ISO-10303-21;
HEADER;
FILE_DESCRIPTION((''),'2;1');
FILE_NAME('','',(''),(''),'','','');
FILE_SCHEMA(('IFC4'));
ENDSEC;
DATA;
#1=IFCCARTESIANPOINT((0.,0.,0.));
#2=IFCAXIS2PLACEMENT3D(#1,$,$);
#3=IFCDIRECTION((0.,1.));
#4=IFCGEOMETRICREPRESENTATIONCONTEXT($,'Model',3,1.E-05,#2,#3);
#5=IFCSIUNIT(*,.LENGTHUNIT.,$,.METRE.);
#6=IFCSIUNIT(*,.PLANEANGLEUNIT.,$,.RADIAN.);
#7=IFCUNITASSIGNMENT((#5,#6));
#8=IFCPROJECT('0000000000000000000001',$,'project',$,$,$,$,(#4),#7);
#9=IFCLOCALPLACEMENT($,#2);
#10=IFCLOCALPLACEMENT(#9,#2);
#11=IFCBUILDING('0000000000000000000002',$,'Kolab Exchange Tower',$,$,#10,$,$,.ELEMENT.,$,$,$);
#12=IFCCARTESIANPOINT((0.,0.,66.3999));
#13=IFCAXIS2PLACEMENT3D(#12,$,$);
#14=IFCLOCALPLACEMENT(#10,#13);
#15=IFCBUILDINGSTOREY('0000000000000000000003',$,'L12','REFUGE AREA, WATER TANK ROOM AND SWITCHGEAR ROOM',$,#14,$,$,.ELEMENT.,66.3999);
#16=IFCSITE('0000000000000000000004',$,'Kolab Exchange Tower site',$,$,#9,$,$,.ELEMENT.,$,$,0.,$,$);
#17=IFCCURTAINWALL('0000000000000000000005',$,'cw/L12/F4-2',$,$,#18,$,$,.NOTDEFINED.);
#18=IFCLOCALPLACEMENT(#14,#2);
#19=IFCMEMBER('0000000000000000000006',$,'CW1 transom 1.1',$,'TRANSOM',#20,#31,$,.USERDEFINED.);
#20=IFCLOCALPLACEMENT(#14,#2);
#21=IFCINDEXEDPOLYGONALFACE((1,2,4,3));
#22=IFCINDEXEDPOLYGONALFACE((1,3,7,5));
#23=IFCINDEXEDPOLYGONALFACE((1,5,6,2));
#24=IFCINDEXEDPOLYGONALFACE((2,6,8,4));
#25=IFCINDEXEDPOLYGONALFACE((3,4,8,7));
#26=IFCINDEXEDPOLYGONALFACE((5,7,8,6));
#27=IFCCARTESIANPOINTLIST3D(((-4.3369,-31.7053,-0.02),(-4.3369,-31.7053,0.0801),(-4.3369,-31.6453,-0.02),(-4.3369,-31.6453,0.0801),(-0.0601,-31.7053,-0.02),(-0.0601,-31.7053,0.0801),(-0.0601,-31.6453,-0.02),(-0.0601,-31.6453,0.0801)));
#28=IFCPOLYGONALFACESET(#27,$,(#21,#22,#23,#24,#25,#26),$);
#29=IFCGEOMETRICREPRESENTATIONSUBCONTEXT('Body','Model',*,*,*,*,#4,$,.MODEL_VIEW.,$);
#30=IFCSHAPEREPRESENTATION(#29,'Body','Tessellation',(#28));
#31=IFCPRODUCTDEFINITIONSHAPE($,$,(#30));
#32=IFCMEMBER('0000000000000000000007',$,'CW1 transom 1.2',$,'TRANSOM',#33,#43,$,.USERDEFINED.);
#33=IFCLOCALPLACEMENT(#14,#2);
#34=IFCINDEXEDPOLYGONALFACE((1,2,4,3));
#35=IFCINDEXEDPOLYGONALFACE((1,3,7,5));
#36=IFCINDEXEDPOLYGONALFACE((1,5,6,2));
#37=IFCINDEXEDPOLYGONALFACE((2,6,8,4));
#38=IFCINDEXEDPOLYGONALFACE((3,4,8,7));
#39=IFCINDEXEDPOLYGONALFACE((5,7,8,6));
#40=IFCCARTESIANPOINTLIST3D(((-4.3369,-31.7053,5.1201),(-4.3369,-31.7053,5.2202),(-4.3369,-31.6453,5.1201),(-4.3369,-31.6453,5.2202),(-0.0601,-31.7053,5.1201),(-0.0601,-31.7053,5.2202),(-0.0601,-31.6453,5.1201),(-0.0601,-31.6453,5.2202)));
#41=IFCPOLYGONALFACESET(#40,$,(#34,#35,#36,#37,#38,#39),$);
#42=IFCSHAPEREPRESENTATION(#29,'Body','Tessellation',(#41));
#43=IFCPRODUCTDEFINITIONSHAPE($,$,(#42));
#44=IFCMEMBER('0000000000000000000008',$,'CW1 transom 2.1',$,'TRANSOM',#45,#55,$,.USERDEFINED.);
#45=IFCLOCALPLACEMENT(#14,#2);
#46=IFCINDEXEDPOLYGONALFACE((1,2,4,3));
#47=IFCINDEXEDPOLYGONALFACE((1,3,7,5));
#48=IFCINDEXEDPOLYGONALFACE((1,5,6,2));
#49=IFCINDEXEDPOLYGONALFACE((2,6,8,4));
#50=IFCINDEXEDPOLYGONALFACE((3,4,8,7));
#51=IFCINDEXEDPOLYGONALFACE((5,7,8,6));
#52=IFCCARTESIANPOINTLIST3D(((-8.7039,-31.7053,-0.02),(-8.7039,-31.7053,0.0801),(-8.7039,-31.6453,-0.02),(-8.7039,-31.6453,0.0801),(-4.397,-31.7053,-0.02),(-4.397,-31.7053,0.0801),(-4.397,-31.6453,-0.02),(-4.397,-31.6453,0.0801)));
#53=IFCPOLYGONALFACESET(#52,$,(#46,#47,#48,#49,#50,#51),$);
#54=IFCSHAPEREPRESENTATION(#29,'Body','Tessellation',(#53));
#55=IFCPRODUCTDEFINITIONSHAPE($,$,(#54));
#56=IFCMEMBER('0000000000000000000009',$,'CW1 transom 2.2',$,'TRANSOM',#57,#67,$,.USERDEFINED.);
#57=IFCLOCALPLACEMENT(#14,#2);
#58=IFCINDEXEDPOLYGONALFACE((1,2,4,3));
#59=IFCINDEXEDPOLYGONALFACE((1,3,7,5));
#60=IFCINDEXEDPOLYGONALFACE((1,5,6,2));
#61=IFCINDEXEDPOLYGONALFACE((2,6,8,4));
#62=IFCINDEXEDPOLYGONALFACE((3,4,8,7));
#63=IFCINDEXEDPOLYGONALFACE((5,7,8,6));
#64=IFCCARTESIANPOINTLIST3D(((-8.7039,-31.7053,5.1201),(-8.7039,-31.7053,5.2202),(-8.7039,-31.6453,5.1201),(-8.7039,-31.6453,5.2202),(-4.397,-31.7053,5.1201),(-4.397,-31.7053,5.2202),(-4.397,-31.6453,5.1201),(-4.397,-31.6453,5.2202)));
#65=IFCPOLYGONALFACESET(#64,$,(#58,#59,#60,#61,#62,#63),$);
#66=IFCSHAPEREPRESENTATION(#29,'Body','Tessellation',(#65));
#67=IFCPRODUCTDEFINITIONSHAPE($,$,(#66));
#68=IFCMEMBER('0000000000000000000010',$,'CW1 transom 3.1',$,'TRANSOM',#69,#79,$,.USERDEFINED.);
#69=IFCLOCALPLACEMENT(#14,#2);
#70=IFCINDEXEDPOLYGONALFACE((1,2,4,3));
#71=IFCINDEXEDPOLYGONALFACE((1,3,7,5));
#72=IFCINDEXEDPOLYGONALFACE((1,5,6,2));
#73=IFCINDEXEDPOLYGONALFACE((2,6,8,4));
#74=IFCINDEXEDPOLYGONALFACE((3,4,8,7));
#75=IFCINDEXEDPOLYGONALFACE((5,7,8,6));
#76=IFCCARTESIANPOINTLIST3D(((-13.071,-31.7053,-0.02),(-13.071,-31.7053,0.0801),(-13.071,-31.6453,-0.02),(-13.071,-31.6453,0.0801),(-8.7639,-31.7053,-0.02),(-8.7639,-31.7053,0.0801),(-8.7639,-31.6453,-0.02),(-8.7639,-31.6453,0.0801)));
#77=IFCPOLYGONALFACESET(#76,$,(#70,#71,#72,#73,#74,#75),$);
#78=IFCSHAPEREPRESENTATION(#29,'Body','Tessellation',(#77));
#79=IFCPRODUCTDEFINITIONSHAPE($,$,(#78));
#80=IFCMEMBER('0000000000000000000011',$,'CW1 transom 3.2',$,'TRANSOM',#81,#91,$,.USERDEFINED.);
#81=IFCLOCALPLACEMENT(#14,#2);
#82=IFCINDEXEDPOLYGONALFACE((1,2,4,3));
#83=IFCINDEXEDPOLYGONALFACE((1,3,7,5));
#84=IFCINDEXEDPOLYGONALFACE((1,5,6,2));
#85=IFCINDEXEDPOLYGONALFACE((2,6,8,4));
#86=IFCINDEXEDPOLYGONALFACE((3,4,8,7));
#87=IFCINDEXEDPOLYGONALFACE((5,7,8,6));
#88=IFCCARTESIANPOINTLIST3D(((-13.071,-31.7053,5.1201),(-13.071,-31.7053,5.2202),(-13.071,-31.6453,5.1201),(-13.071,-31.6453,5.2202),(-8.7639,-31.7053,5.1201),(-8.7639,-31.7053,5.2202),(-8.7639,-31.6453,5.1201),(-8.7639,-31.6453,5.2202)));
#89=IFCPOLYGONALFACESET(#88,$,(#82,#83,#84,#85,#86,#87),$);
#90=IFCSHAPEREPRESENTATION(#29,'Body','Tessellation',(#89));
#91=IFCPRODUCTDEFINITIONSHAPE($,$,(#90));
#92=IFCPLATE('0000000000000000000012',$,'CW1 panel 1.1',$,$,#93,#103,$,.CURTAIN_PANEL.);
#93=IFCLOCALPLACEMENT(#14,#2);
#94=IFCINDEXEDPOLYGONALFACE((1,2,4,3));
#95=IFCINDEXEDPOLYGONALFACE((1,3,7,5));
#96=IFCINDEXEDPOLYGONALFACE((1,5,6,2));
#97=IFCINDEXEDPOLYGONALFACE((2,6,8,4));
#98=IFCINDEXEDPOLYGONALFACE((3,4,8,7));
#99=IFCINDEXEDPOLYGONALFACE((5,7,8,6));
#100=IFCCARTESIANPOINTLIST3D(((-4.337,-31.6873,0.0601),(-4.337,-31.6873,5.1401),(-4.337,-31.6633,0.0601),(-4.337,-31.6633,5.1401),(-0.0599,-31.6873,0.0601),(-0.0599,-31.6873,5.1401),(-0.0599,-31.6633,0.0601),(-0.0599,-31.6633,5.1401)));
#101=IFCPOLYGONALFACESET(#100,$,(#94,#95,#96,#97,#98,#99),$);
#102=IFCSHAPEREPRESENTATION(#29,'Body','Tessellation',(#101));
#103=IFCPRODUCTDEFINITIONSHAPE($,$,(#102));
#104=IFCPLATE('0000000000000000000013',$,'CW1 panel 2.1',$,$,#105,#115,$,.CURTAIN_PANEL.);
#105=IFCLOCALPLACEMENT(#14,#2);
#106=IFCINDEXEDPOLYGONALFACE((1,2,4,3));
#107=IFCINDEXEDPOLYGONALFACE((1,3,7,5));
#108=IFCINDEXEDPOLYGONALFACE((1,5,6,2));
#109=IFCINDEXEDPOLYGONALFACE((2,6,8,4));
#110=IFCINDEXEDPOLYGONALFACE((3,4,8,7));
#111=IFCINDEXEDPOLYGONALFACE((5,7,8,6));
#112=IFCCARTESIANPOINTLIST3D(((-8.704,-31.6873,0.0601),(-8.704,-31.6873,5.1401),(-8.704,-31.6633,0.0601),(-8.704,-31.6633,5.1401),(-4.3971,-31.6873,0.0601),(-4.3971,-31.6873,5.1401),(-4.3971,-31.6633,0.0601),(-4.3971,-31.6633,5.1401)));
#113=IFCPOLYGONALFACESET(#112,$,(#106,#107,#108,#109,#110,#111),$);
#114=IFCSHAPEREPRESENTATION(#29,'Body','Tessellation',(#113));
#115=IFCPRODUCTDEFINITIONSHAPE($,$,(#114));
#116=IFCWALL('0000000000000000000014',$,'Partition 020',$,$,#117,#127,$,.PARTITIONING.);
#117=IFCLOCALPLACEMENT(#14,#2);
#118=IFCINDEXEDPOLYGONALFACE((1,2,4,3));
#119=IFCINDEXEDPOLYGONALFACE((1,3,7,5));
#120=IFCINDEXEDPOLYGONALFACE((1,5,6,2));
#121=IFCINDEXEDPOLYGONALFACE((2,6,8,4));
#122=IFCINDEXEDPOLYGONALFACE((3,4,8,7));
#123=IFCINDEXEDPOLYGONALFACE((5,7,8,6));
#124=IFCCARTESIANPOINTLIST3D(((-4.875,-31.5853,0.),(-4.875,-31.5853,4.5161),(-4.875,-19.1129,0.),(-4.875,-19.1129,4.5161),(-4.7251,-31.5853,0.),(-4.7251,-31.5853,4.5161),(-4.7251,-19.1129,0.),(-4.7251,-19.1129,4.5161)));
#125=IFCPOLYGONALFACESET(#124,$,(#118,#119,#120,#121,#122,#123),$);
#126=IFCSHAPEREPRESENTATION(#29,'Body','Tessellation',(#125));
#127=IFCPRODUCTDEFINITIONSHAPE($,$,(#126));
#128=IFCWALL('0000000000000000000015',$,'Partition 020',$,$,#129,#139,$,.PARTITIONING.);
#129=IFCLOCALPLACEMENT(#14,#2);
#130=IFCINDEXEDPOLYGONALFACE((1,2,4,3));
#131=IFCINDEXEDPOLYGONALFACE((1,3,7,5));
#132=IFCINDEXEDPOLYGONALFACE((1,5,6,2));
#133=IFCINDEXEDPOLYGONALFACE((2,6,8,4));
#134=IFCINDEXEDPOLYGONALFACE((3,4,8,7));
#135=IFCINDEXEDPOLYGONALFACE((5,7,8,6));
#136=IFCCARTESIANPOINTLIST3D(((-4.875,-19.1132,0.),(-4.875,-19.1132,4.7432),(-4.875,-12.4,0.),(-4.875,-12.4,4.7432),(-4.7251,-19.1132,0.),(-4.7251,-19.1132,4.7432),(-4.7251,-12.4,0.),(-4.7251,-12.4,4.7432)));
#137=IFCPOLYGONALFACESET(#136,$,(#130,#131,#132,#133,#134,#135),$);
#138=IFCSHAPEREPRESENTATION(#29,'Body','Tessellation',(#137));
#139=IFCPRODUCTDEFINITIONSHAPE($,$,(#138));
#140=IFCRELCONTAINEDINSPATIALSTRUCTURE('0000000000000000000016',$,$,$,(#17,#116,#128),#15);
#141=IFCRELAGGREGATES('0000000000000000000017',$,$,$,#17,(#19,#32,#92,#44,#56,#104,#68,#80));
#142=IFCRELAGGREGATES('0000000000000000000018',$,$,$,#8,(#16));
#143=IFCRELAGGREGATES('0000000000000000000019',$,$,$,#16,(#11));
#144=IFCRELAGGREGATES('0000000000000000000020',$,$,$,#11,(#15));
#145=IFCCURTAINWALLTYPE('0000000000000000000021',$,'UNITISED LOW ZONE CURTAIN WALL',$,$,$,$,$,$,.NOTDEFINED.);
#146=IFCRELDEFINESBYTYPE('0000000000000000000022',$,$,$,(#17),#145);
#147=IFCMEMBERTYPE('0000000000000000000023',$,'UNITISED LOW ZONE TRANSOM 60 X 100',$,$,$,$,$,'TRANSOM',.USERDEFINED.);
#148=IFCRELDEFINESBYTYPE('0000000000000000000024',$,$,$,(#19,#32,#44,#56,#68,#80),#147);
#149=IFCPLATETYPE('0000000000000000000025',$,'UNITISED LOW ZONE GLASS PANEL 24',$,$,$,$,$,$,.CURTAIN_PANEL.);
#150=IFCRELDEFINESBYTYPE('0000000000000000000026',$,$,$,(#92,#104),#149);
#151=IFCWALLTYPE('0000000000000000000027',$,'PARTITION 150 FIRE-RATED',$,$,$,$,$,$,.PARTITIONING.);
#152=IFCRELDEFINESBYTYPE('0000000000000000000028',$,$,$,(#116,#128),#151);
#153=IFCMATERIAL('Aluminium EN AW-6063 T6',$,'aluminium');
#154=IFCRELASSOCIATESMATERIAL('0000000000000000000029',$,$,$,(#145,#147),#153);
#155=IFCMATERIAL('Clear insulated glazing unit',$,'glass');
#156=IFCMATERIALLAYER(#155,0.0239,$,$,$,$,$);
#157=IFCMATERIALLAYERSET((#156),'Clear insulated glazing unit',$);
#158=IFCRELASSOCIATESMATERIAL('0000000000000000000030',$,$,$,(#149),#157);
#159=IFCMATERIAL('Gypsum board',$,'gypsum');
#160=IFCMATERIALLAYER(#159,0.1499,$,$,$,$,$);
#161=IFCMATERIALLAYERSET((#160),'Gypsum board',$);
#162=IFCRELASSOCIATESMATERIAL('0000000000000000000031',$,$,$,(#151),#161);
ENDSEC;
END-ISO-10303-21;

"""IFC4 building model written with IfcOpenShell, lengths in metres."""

from ifc_helpers import new_model, si_unit, direction, frame, frame_2d, origin, origin_2d, place, context, subcontext, project, spatial, rectangle, extrude, material, layer, layer_set, material_profile, profile_set, type_object, element, aggregate, save


model = new_model("IFC4")

# Units and contexts
model_context = context("Model", 3, precision=1e-05, world=origin(), true_north=direction((0.0, 1.0)))
body_context = subcontext(model_context, "Body", "Model", "MODEL_VIEW")
ifc_project = project(units=[si_unit("LENGTHUNIT", "METRE"), si_unit("PLANEANGLEUNIT", "RADIAN")], contexts=[model_context])

# Site, building, storey
site_placement = place(None, origin())
site = spatial("IfcSite", under=ifc_project, at=site_placement, Name="Kolab Exchange Tower site", CompositionType="ELEMENT", RefElevation=0.0)
building_placement = place(site_placement, origin())
building = spatial("IfcBuilding", under=site, at=building_placement, Name="Kolab Exchange Tower", CompositionType="ELEMENT")
storey_placement = place(building_placement, frame((0.0, 0.0, 66.3999)))
storey = spatial("IfcBuildingStorey", under=building, at=storey_placement, Name="L12", Description="REFUGE AREA, WATER TANK ROOM AND SWITCHGEAR ROOM", CompositionType="ELEMENT", Elevation=66.3999)

# Curtain wall, members, plates
ifc_material_1 = material(Name="Aluminium EN AW-6063 T6", Category="aluminium")
curtain_wall_type = type_object("IfcCurtainWallType", Name="UNITISED LOW ZONE CURTAIN WALL", PredefinedType="NOTDEFINED", material=ifc_material_1)
curtain_wall_placement = place(storey_placement, origin())
curtain_wall = element("IfcCurtainWall", 1, at=curtain_wall_placement, inside=storey, type_object=curtain_wall_type, Name="cw/L12/F4-2", PredefinedType="NOTDEFINED")
ifc_material_profile_1 = material_profile(ifc_material_1, rectangle(XDim=0.0601, YDim=0.1001, at=origin_2d()), Name="RECT 60X100")
ifc_profile_set_1 = profile_set([ifc_material_profile_1], Name="Aluminium EN AW-6063 T6")
member_type_1 = type_object("IfcMemberType", Name="UNITISED LOW ZONE TRANSOM 60 X 100", ElementType="TRANSOM", PredefinedType="USERDEFINED", material=ifc_profile_set_1)
member_1_placement = place(storey_placement, frame((-0.0601, -31.6753, 0.03), z_axis=(-1.0, 0.0, 0.0), x_axis=(0.0, -1.0, 0.0)))
member_1 = element("IfcMember", 2, at=member_1_placement, type_object=member_type_1, Name="CW1 transom 1.1", ObjectType="TRANSOM", PredefinedType="USERDEFINED", context=body_context, shape_type="SweptSolid", body=[
    extrude(rectangle(XDim=0.0601, YDim=0.1001, at=origin_2d()), origin(), (0.0, 0.0, 1.0), 4.2769),
])
member_2_placement = place(storey_placement, frame((-0.0601, -31.6753, 5.1702), z_axis=(-1.0, 0.0, 0.0), x_axis=(0.0, -1.0, 0.0)))
member_2 = element("IfcMember", 3, at=member_2_placement, type_object=member_type_1, Name="CW1 transom 1.2", ObjectType="TRANSOM", PredefinedType="USERDEFINED", context=body_context, shape_type="SweptSolid", body=[
    extrude(rectangle(XDim=0.0601, YDim=0.1001, at=origin_2d()), origin(), (0.0, 0.0, 1.0), 4.2769),
])
member_3_placement = place(storey_placement, frame((-4.397, -31.6753, 0.03), z_axis=(-1.0, 0.0, 0.0), x_axis=(0.0, -1.0, 0.0)))
member_3 = element("IfcMember", 4, at=member_3_placement, type_object=member_type_1, Name="CW1 transom 2.1", ObjectType="TRANSOM", PredefinedType="USERDEFINED", context=body_context, shape_type="SweptSolid", body=[
    extrude(rectangle(XDim=0.0601, YDim=0.1001, at=origin_2d()), origin(), (0.0, 0.0, 1.0), 4.3069),
])
member_4_placement = place(storey_placement, frame((-4.397, -31.6753, 5.1702), z_axis=(-1.0, 0.0, 0.0), x_axis=(0.0, -1.0, 0.0)))
member_4 = element("IfcMember", 5, at=member_4_placement, type_object=member_type_1, Name="CW1 transom 2.2", ObjectType="TRANSOM", PredefinedType="USERDEFINED", context=body_context, shape_type="SweptSolid", body=[
    extrude(rectangle(XDim=0.0601, YDim=0.1001, at=origin_2d()), origin(), (0.0, 0.0, 1.0), 4.3069),
])
member_5_placement = place(storey_placement, frame((-8.7639, -31.6753, 0.03), z_axis=(-1.0, 0.0, 0.0), x_axis=(0.0, -1.0, 0.0)))
member_5 = element("IfcMember", 6, at=member_5_placement, type_object=member_type_1, Name="CW1 transom 3.1", ObjectType="TRANSOM", PredefinedType="USERDEFINED", context=body_context, shape_type="SweptSolid", body=[
    extrude(rectangle(XDim=0.0601, YDim=0.1001, at=origin_2d()), origin(), (0.0, 0.0, 1.0), 4.3071),
])
member_6_placement = place(storey_placement, frame((-8.7639, -31.6753, 5.1702), z_axis=(-1.0, 0.0, 0.0), x_axis=(0.0, -1.0, 0.0)))
member_6 = element("IfcMember", 7, at=member_6_placement, type_object=member_type_1, Name="CW1 transom 3.2", ObjectType="TRANSOM", PredefinedType="USERDEFINED", context=body_context, shape_type="SweptSolid", body=[
    extrude(rectangle(XDim=0.0601, YDim=0.1001, at=origin_2d()), origin(), (0.0, 0.0, 1.0), 4.3071),
])
ifc_material_2 = material(Name="Clear insulated glazing unit", Category="glass")
ifc_layer_1 = layer(ifc_material_2, 0.0239)
ifc_layer_set_1 = layer_set([ifc_layer_1], Name="Clear insulated glazing unit")
plate_type = type_object("IfcPlateType", Name="UNITISED LOW ZONE GLASS PANEL 24", PredefinedType="CURTAIN_PANEL", material=ifc_layer_set_1)
plate_1_placement = place(storey_placement, frame((-2.1985, -31.6753, 0.0601), z_axis=(0.0, 0.0, 1.0), x_axis=(-1.0, 0.0, 0.0)))
plate_1 = element("IfcPlate", 8, at=plate_1_placement, type_object=plate_type, Name="CW1 panel 1.1", PredefinedType="CURTAIN_PANEL", context=body_context, shape_type="SweptSolid", body=[
    extrude(rectangle(XDim=4.2771, YDim=0.0239, at=origin_2d()), origin(), (0.0, 0.0, 1.0), 5.0801),
])
plate_2_placement = place(storey_placement, frame((-6.5505, -31.6753, 0.0601), z_axis=(0.0, 0.0, 1.0), x_axis=(-1.0, 0.0, 0.0)))
plate_2 = element("IfcPlate", 9, at=plate_2_placement, type_object=plate_type, Name="CW1 panel 2.1", PredefinedType="CURTAIN_PANEL", context=body_context, shape_type="SweptSolid", body=[
    extrude(rectangle(XDim=4.3069, YDim=0.0239, at=origin_2d()), origin(), (0.0, 0.0, 1.0), 5.0801),
])
aggregate(curtain_wall, [member_1, member_2, plate_1, member_3, member_4, plate_2, member_5, member_6])

# Walls
ifc_material_3 = material(Name="Gypsum board", Category="gypsum")
ifc_layer_2 = layer(ifc_material_3, 0.1499)
ifc_layer_set_2 = layer_set([ifc_layer_2], Name="Gypsum board")
wall_type = type_object("IfcWallType", Name="PARTITION 150 FIRE-RATED", PredefinedType="PARTITIONING", material=ifc_layer_set_2)
wall_1_placement = place(storey_placement, frame((-4.8, -31.5854, 0.0), z_axis=(0.0, 0.0, 1.0), x_axis=(0.0, 1.0, 0.0)))
element("IfcWall", 10, at=wall_1_placement, inside=storey, type_object=wall_type, Name="Partition 020", PredefinedType="PARTITIONING", context=body_context, shape_type="SweptSolid", body=[
    extrude(rectangle(XDim=12.4724, YDim=0.1499, at=frame_2d((6.2363, 0.0))), origin(), (0.0, 0.0, 1.0), 4.5161),
])
wall_2_placement = place(storey_placement, frame((-4.8, -19.113, 0.0), z_axis=(0.0, 0.0, 1.0), x_axis=(0.0, 1.0, 0.0)))
element("IfcWall", 11, at=wall_2_placement, inside=storey, type_object=wall_type, Name="Partition 020", PredefinedType="PARTITIONING", context=body_context, shape_type="SweptSolid", body=[
    extrude(rectangle(XDim=6.7131, YDim=0.1499, at=frame_2d((3.3564, 0.0))), origin(), (0.0, 0.0, 1.0), 4.7432),
])

save(model, "model.ifc")
